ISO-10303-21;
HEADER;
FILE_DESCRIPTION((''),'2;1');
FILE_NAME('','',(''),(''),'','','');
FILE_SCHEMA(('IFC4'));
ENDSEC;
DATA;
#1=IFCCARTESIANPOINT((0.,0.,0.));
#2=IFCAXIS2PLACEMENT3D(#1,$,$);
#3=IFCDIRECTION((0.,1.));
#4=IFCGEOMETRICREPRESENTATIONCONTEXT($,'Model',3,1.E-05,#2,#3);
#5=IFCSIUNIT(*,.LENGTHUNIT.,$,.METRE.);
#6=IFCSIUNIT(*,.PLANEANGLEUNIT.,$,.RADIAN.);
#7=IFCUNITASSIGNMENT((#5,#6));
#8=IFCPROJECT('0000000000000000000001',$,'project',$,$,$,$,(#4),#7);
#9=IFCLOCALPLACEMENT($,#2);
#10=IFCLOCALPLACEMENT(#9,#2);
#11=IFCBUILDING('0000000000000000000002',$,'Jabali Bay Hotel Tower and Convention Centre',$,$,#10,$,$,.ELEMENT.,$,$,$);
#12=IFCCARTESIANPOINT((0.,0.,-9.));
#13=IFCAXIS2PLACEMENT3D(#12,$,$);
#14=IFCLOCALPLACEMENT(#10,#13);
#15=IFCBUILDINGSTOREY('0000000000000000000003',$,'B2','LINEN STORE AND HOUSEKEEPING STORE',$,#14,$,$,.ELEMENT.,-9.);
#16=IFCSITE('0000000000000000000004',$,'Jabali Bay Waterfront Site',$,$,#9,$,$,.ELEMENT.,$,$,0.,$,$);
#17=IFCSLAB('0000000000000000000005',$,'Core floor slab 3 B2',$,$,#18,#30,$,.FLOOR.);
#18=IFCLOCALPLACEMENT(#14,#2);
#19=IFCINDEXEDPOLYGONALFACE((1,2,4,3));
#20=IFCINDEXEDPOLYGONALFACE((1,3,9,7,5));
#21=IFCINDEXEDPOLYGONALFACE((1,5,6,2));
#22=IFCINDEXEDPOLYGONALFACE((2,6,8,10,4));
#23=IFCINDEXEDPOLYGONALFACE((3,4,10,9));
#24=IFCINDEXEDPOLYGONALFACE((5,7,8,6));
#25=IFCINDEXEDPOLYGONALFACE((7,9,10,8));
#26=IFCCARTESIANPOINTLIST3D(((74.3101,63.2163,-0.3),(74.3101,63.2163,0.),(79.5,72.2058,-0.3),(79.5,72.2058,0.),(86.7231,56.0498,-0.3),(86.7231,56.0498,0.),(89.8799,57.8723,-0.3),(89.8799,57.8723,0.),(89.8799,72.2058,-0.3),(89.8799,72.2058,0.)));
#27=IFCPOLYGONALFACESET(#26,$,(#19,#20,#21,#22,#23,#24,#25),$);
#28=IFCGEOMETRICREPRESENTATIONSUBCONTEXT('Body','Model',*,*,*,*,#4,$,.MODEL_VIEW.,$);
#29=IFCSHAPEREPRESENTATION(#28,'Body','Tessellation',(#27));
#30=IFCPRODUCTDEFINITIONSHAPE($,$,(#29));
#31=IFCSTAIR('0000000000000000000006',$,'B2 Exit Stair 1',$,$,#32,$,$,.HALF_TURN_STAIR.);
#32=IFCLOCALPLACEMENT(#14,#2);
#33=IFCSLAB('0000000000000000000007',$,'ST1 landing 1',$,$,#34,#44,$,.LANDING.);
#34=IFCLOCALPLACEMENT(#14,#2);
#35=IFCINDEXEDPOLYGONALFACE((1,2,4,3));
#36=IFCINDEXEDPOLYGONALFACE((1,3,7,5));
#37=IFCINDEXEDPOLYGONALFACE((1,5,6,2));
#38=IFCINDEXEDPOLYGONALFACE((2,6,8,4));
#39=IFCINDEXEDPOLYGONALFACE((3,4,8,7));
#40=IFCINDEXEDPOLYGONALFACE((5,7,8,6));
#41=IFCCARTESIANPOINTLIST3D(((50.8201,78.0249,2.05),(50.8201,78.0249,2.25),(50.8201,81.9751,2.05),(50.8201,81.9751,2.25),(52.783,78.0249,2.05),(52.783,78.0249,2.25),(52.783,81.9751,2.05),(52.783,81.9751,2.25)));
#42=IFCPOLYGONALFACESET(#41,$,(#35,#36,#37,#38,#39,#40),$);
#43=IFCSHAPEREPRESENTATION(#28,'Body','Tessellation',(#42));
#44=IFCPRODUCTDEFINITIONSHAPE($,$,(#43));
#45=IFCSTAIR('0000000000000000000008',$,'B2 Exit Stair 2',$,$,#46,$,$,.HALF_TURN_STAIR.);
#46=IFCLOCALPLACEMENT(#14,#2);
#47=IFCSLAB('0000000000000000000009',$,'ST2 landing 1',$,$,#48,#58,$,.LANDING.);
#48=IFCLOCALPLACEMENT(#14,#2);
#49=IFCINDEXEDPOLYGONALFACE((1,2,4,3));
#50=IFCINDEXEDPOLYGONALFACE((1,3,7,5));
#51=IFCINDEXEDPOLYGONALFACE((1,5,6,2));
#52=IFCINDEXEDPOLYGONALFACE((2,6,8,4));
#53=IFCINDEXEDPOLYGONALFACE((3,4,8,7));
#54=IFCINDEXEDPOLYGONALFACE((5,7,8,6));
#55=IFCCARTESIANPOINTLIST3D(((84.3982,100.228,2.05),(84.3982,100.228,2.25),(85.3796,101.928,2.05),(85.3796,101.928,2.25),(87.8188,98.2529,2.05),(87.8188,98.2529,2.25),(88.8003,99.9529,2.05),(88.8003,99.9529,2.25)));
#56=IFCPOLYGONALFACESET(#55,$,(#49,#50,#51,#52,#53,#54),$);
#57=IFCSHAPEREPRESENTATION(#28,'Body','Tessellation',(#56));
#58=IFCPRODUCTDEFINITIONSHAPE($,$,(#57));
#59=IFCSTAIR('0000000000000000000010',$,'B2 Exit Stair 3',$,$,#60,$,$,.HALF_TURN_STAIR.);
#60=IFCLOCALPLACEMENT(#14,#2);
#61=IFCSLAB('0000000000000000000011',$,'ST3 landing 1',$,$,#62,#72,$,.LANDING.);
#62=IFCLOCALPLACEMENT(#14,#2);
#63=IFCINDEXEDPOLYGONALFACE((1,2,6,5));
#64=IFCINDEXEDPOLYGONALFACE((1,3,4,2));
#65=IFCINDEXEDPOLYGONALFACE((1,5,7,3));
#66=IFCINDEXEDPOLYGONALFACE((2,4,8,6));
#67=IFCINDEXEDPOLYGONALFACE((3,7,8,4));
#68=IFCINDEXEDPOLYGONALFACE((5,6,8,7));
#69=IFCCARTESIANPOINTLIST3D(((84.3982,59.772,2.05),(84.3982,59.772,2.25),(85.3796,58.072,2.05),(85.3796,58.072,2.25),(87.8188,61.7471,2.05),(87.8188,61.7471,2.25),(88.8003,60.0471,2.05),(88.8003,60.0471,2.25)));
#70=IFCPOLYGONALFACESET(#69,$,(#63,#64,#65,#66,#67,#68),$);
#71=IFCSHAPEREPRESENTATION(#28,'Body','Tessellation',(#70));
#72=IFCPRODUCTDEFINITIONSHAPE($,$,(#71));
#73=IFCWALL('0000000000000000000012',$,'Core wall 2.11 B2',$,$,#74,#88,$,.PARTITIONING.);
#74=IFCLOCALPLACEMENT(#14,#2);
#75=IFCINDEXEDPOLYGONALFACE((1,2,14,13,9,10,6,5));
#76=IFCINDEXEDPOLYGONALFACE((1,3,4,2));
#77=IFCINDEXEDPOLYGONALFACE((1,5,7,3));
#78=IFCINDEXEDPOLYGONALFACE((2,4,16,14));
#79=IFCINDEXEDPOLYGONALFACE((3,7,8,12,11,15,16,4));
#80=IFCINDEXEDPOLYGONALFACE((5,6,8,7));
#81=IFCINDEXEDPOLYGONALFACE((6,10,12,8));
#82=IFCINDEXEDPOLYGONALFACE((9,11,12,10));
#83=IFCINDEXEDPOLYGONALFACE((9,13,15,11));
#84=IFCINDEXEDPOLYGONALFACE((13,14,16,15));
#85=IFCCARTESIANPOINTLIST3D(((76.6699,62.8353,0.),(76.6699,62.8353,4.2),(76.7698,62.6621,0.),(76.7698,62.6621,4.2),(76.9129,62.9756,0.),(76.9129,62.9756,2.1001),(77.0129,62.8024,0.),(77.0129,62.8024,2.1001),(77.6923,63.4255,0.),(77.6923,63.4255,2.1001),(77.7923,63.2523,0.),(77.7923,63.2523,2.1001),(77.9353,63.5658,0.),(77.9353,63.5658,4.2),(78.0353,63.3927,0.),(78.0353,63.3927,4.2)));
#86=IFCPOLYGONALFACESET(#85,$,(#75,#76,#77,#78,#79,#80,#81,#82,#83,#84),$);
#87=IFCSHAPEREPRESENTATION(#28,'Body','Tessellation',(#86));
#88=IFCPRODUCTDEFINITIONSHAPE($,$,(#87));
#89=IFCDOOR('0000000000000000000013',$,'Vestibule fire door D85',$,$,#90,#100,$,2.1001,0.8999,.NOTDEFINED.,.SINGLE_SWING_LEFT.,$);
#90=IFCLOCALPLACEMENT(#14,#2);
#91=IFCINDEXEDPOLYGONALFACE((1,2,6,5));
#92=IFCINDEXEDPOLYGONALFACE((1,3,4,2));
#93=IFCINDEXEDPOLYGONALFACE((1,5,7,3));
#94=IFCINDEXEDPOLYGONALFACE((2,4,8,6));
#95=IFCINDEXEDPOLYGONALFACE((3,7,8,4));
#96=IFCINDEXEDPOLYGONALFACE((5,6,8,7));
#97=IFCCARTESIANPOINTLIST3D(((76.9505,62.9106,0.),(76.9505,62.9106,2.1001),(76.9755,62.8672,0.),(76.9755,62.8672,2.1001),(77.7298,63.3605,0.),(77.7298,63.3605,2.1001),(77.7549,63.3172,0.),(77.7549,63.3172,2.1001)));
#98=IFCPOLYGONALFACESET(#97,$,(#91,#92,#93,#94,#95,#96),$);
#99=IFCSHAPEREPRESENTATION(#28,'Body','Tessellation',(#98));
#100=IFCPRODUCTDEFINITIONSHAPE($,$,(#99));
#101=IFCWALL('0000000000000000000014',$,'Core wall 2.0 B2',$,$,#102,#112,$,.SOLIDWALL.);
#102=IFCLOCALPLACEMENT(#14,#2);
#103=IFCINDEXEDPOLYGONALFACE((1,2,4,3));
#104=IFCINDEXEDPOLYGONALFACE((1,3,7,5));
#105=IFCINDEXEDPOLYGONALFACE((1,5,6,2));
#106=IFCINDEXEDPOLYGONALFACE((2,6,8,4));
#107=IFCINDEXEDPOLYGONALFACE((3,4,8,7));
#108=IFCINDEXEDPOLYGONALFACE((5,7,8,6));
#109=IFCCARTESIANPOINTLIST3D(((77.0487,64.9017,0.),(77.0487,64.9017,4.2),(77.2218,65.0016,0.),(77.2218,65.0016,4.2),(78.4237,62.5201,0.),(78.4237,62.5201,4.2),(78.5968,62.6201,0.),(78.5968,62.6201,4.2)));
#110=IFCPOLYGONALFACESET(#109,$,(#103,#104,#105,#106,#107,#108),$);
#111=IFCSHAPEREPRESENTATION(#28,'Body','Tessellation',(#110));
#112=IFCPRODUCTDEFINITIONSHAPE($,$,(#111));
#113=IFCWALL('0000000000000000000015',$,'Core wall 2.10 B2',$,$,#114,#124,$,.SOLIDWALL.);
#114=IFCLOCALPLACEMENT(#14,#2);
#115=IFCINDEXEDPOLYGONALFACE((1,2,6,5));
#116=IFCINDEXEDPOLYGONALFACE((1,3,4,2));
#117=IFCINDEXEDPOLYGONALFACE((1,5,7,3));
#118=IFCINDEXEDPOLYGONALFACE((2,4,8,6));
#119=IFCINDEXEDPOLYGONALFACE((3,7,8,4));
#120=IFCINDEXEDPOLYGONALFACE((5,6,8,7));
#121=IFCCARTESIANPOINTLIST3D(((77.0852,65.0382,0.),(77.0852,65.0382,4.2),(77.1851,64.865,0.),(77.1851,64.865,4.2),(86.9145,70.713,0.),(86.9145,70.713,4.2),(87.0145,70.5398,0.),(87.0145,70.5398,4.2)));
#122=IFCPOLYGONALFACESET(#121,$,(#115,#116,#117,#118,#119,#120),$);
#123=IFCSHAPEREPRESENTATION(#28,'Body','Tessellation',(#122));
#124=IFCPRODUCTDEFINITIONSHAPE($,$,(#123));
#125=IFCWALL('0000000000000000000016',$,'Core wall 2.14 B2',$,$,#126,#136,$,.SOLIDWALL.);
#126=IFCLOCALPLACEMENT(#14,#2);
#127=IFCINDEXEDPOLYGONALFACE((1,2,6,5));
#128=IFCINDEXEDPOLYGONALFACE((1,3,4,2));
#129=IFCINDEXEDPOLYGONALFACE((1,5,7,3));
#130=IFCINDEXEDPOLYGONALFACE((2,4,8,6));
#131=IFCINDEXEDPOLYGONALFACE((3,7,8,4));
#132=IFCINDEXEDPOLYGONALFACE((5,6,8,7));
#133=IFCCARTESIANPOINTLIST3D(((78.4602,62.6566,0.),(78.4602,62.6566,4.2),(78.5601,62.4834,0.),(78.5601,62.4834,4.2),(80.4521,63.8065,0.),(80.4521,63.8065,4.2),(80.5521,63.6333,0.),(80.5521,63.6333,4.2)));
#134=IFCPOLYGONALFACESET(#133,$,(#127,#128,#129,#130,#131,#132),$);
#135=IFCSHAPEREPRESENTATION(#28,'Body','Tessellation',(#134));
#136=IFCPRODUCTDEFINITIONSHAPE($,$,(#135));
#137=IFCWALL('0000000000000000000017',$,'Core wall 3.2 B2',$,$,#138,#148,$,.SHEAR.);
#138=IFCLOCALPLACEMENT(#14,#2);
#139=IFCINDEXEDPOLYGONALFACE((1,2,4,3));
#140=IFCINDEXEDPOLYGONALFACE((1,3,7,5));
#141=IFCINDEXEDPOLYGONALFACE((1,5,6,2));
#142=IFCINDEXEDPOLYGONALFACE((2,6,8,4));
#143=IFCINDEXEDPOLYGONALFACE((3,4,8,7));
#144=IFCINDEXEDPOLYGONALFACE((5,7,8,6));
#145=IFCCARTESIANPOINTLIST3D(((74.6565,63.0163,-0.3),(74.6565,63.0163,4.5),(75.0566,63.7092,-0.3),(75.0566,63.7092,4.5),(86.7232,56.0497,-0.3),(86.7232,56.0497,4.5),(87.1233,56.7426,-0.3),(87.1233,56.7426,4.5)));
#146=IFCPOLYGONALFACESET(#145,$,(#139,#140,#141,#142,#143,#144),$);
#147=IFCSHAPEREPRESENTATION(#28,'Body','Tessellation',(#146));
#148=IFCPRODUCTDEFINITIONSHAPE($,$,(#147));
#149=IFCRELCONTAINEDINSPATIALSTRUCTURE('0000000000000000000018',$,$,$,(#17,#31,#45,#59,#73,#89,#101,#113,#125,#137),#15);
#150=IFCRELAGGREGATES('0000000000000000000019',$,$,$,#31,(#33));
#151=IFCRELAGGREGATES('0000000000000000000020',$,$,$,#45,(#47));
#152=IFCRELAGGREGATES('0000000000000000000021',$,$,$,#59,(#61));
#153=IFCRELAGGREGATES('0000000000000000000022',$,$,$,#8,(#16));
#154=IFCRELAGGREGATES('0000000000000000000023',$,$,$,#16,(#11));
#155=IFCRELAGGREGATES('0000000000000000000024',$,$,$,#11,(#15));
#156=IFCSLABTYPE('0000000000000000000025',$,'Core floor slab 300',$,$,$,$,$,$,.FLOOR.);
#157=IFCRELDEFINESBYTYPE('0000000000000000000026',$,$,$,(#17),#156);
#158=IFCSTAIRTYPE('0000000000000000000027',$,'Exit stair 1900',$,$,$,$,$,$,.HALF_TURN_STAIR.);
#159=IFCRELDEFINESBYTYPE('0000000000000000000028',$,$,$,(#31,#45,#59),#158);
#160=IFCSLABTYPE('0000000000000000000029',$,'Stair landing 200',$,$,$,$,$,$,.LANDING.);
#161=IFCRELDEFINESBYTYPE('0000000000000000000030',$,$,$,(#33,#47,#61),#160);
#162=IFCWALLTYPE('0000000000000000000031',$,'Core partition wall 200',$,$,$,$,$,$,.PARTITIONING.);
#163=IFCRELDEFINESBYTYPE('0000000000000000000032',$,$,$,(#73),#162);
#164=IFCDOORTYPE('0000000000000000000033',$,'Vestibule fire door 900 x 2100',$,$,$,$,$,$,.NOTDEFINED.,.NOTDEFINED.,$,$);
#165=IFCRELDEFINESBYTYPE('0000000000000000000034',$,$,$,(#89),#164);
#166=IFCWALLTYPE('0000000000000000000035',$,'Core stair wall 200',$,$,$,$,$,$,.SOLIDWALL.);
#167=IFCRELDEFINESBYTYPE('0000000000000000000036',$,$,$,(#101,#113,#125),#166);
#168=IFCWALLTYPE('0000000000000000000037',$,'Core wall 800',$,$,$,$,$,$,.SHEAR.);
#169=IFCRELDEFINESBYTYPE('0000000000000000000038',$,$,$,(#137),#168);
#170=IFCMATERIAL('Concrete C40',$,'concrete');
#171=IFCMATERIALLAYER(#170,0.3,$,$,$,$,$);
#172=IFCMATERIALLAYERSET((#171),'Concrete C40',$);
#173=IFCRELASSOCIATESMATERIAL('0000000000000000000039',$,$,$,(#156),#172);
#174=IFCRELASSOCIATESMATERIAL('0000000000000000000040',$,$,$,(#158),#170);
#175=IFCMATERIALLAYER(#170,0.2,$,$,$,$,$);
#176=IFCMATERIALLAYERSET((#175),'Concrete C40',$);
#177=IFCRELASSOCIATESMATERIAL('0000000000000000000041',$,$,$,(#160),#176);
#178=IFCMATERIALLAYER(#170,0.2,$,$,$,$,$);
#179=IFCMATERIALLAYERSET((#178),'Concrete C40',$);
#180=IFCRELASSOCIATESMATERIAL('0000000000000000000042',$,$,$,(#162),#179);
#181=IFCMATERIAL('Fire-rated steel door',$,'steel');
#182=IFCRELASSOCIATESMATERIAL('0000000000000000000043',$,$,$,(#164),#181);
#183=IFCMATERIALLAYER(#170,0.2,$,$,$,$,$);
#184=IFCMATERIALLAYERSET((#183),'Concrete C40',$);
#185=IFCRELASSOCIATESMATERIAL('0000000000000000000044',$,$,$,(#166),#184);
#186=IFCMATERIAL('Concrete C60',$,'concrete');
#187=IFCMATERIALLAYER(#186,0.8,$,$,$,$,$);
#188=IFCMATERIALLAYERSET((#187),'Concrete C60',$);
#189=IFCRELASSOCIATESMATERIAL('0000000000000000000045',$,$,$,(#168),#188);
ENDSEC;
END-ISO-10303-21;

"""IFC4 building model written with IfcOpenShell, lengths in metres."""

from ifc_helpers import new_model, si_unit, direction, frame, frame_2d, origin, place, context, subcontext, project, spatial, polyline, rectangle, outline, extrude, material, layer, layer_set, type_object, element, fill, aggregate, save


model = new_model("IFC4")

# Units and contexts
model_context = context("Model", 3, precision=1e-05, world=origin(), true_north=direction((0.0, 1.0)))
body_context = subcontext(model_context, "Body", "Model", "MODEL_VIEW")
ifc_project = project(units=[si_unit("LENGTHUNIT", "METRE"), si_unit("PLANEANGLEUNIT", "RADIAN")], contexts=[model_context])

# Site, building, storey
site_placement = place(None, origin())
site = spatial("IfcSite", under=ifc_project, at=site_placement, Name="Jabali Bay Waterfront Site", CompositionType="ELEMENT", RefElevation=0.0)
building_placement = place(site_placement, origin())
building = spatial("IfcBuilding", under=site, at=building_placement, Name="Jabali Bay Hotel Tower and Convention Centre", CompositionType="ELEMENT")
storey_placement = place(building_placement, frame((0.0, 0.0, -9.0)))
storey = spatial("IfcBuildingStorey", under=building, at=storey_placement, Name="B2", Description="LINEN STORE AND HOUSEKEEPING STORE", CompositionType="ELEMENT", Elevation=-9.0)

# Shared definitions
ifc_material_1 = material(Name="Concrete C60", Category="concrete")

# Slab
ifc_material_2 = material(Name="Concrete C40", Category="concrete")
ifc_layer_1 = layer(ifc_material_2, 0.3)
ifc_layer_set_1 = layer_set([ifc_layer_1], Name="Concrete C40")
slab_type_1 = type_object("IfcSlabType", Name="Core floor slab 300", PredefinedType="FLOOR", material=ifc_layer_set_1)
slab_1_placement = place(storey_placement, frame((0.0, 0.0, -0.3)))
element("IfcSlab", 1, at=slab_1_placement, inside=storey, type_object=slab_type_1, Name="Core floor slab 3 B2", PredefinedType="FLOOR", context=body_context, shape_type="SweptSolid", body=[
    extrude(outline(polyline([(79.5, 72.2058), (74.3101, 63.2163), (86.7231, 56.0498), (89.8799, 57.8723), (89.8799, 72.2058), (79.5, 72.2058)])), origin(), (0.0, 0.0, 1.0), 0.3),
])

# Stairs, slabs
stair_type = type_object("IfcStairType", Name="Exit stair 1900", PredefinedType="HALF_TURN_STAIR", material=ifc_material_2)
stair_1_placement = place(storey_placement, origin())
stair_1 = element("IfcStair", 2, at=stair_1_placement, inside=storey, type_object=stair_type, Name="B2 Exit Stair 1", PredefinedType="HALF_TURN_STAIR")
ifc_layer_2 = layer(ifc_material_2, 0.2)
ifc_layer_set_2 = layer_set([ifc_layer_2], Name="Concrete C40")
slab_type_2 = type_object("IfcSlabType", Name="Stair landing 200", PredefinedType="LANDING", material=ifc_layer_set_2)
slab_2_placement = place(storey_placement, frame((0.0, 0.0, 2.05)))
slab_2 = element("IfcSlab", 3, at=slab_2_placement, type_object=slab_type_2, Name="ST1 landing 1", PredefinedType="LANDING", context=body_context, shape_type="SweptSolid", body=[
    extrude(outline(polyline([(52.783, 81.9751), (50.8201, 81.9751), (50.8201, 78.0249), (52.783, 78.0249), (52.783, 81.9751)])), origin(), (0.0, 0.0, 1.0), 0.2),
])
aggregate(stair_1, [slab_2])
stair_2_placement = place(storey_placement, origin())
stair_2 = element("IfcStair", 4, at=stair_2_placement, inside=storey, type_object=stair_type, Name="B2 Exit Stair 2", PredefinedType="HALF_TURN_STAIR")
slab_3_placement = place(storey_placement, frame((0.0, 0.0, 2.05)))
slab_3 = element("IfcSlab", 5, at=slab_3_placement, type_object=slab_type_2, Name="ST2 landing 1", PredefinedType="LANDING", context=body_context, shape_type="SweptSolid", body=[
    extrude(outline(polyline([(87.8188, 98.2529), (88.8003, 99.9529), (85.3796, 101.928), (84.3982, 100.228), (87.8188, 98.2529)])), origin(), (0.0, 0.0, 1.0), 0.2),
])
aggregate(stair_2, [slab_3])
stair_3_placement = place(storey_placement, origin())
stair_3 = element("IfcStair", 6, at=stair_3_placement, inside=storey, type_object=stair_type, Name="B2 Exit Stair 3", PredefinedType="HALF_TURN_STAIR")
slab_4_placement = place(storey_placement, frame((0.0, 0.0, 2.05)))
slab_4 = element("IfcSlab", 7, at=slab_4_placement, type_object=slab_type_2, Name="ST3 landing 1", PredefinedType="LANDING", context=body_context, shape_type="SweptSolid", body=[
    extrude(outline(polyline([(84.3982, 59.772), (85.3796, 58.072), (88.8003, 60.0471), (87.8188, 61.7471), (84.3982, 59.772)])), origin(), (0.0, 0.0, 1.0), 0.2),
])
aggregate(stair_3, [slab_4])

# Wall, opening, door
ifc_layer_3 = layer(ifc_material_2, 0.2)
ifc_layer_set_3 = layer_set([ifc_layer_3], Name="Concrete C40")
wall_type_1 = type_object("IfcWallType", Name="Core partition wall 200", PredefinedType="PARTITIONING", material=ifc_layer_set_3)
wall_1_placement = place(storey_placement, frame((76.72, 62.7488, 0.0), z_axis=(0.0, 0.0, 1.0), x_axis=(0.866055, 0.499949, 0.0)))
wall_1 = element("IfcWall", 8, at=wall_1_placement, inside=storey, type_object=wall_type_1, Name="Core wall 2.11 B2", PredefinedType="PARTITIONING", context=body_context, shape_type="SweptSolid", body=[
    extrude(rectangle(XDim=1.4612, YDim=0.2, at=frame_2d((0.7305, 0.0))), origin(), (0.0, 0.0, 1.0), 4.2),
])
opening_placement = place(wall_1_placement, frame((0.2805, 0.0, 0.0)))
opening = element("IfcOpeningElement", 9, at=opening_placement, cuts=wall_1, PredefinedType="OPENING", context=body_context, shape_type="SweptSolid", body=[
    extrude(rectangle(XDim=0.8999, YDim=2.1001, at=frame_2d((0.45, 1.05))), frame((0.0, 0.1104, 0.0), z_axis=(0.0, -1.0, 0.0), x_axis=(1.0, 0.0, 0.0)), (0.0, 0.0, 1.0), 0.2209),
])
ifc_material_3 = material(Name="Fire-rated steel door", Category="steel")
door_type = type_object("IfcDoorType", Name="Vestibule fire door 900 x 2100", OperationType="NOTDEFINED", PredefinedType="NOTDEFINED", material=ifc_material_3)
door_placement = place(opening_placement, origin())
door = element("IfcDoor", 10, at=door_placement, inside=storey, type_object=door_type, Name="Vestibule fire door D85", OperationType="SINGLE_SWING_LEFT", OverallHeight=2.1001, OverallWidth=0.8999, PredefinedType="NOTDEFINED", context=body_context, shape_type="SweptSolid", body=[
    extrude(rectangle(XDim=0.8999, YDim=2.1001, at=frame_2d((0.45, 1.05))), frame((0.0, 0.0249, 0.0), z_axis=(0.0, -1.0, 0.0), x_axis=(1.0, 0.0, 0.0)), (0.0, 0.0, 1.0), 0.05),
])
fill(opening, door)

# Walls
ifc_layer_4 = layer(ifc_material_2, 0.2)
ifc_layer_set_4 = layer_set([ifc_layer_4], Name="Concrete C40")
wall_type_2 = type_object("IfcWallType", Name="Core stair wall 200", PredefinedType="SOLIDWALL", material=ifc_layer_set_4)
wall_2_placement = place(storey_placement, frame((77.1353, 64.9517, 0.0), z_axis=(0.0, 0.0, 1.0), x_axis=(0.499997, -0.866027, 0.0)))
element("IfcWall", 11, at=wall_2_placement, inside=storey, type_object=wall_type_2, Name="Core wall 2.0 B2", PredefinedType="SOLIDWALL", context=body_context, shape_type="SweptSolid", body=[
    extrude(rectangle(XDim=2.75, YDim=0.2, at=frame_2d((1.375, 0.0))), origin(), (0.0, 0.0, 1.0), 4.2),
])
wall_3_placement = place(storey_placement, frame((77.1353, 64.9517, 0.0), z_axis=(0.0, 0.0, 1.0), x_axis=(0.866032, 0.499989, 0.0)))
element("IfcWall", 12, at=wall_3_placement, inside=storey, type_object=wall_type_2, Name="Core wall 2.10 B2", PredefinedType="SOLIDWALL", context=body_context, shape_type="SweptSolid", body=[
    extrude(rectangle(XDim=11.3499, YDim=0.2, at=frame_2d((5.6748, 0.0))), origin(), (0.0, 0.0, 1.0), 4.2),
])
wall_4_placement = place(storey_placement, frame((78.5103, 62.5701, 0.0), z_axis=(0.0, 0.0, 1.0), x_axis=(0.866053, 0.499952, 0.0)))
element("IfcWall", 13, at=wall_4_placement, inside=storey, type_object=wall_type_2, Name="Core wall 2.14 B2", PredefinedType="SOLIDWALL", context=body_context, shape_type="SweptSolid", body=[
    extrude(rectangle(XDim=2.3, YDim=0.2, at=frame_2d((1.1499, 0.0))), origin(), (0.0, 0.0, 1.0), 4.2),
])
ifc_layer_5 = layer(ifc_material_1, 0.8)
ifc_layer_set_5 = layer_set([ifc_layer_5], Name="Concrete C60")
wall_type_3 = type_object("IfcWallType", Name="Core wall 800", PredefinedType="SHEAR", material=ifc_layer_set_5)
wall_5_placement = place(storey_placement, frame((74.8564, 63.3628, -0.3), z_axis=(0.0, 0.0, 1.0), x_axis=(0.866029, -0.499993, 0.0)))
element("IfcWall", 14, at=wall_5_placement, inside=storey, type_object=wall_type_3, Name="Core wall 3.2 B2", PredefinedType="SHEAR", context=body_context, shape_type="SweptSolid", body=[
    extrude(rectangle(XDim=13.9333, YDim=0.8, at=frame_2d((6.9668, 0.0))), origin(), (0.0, 0.0, 1.0), 4.8),
])

save(model, "model.ifc")
